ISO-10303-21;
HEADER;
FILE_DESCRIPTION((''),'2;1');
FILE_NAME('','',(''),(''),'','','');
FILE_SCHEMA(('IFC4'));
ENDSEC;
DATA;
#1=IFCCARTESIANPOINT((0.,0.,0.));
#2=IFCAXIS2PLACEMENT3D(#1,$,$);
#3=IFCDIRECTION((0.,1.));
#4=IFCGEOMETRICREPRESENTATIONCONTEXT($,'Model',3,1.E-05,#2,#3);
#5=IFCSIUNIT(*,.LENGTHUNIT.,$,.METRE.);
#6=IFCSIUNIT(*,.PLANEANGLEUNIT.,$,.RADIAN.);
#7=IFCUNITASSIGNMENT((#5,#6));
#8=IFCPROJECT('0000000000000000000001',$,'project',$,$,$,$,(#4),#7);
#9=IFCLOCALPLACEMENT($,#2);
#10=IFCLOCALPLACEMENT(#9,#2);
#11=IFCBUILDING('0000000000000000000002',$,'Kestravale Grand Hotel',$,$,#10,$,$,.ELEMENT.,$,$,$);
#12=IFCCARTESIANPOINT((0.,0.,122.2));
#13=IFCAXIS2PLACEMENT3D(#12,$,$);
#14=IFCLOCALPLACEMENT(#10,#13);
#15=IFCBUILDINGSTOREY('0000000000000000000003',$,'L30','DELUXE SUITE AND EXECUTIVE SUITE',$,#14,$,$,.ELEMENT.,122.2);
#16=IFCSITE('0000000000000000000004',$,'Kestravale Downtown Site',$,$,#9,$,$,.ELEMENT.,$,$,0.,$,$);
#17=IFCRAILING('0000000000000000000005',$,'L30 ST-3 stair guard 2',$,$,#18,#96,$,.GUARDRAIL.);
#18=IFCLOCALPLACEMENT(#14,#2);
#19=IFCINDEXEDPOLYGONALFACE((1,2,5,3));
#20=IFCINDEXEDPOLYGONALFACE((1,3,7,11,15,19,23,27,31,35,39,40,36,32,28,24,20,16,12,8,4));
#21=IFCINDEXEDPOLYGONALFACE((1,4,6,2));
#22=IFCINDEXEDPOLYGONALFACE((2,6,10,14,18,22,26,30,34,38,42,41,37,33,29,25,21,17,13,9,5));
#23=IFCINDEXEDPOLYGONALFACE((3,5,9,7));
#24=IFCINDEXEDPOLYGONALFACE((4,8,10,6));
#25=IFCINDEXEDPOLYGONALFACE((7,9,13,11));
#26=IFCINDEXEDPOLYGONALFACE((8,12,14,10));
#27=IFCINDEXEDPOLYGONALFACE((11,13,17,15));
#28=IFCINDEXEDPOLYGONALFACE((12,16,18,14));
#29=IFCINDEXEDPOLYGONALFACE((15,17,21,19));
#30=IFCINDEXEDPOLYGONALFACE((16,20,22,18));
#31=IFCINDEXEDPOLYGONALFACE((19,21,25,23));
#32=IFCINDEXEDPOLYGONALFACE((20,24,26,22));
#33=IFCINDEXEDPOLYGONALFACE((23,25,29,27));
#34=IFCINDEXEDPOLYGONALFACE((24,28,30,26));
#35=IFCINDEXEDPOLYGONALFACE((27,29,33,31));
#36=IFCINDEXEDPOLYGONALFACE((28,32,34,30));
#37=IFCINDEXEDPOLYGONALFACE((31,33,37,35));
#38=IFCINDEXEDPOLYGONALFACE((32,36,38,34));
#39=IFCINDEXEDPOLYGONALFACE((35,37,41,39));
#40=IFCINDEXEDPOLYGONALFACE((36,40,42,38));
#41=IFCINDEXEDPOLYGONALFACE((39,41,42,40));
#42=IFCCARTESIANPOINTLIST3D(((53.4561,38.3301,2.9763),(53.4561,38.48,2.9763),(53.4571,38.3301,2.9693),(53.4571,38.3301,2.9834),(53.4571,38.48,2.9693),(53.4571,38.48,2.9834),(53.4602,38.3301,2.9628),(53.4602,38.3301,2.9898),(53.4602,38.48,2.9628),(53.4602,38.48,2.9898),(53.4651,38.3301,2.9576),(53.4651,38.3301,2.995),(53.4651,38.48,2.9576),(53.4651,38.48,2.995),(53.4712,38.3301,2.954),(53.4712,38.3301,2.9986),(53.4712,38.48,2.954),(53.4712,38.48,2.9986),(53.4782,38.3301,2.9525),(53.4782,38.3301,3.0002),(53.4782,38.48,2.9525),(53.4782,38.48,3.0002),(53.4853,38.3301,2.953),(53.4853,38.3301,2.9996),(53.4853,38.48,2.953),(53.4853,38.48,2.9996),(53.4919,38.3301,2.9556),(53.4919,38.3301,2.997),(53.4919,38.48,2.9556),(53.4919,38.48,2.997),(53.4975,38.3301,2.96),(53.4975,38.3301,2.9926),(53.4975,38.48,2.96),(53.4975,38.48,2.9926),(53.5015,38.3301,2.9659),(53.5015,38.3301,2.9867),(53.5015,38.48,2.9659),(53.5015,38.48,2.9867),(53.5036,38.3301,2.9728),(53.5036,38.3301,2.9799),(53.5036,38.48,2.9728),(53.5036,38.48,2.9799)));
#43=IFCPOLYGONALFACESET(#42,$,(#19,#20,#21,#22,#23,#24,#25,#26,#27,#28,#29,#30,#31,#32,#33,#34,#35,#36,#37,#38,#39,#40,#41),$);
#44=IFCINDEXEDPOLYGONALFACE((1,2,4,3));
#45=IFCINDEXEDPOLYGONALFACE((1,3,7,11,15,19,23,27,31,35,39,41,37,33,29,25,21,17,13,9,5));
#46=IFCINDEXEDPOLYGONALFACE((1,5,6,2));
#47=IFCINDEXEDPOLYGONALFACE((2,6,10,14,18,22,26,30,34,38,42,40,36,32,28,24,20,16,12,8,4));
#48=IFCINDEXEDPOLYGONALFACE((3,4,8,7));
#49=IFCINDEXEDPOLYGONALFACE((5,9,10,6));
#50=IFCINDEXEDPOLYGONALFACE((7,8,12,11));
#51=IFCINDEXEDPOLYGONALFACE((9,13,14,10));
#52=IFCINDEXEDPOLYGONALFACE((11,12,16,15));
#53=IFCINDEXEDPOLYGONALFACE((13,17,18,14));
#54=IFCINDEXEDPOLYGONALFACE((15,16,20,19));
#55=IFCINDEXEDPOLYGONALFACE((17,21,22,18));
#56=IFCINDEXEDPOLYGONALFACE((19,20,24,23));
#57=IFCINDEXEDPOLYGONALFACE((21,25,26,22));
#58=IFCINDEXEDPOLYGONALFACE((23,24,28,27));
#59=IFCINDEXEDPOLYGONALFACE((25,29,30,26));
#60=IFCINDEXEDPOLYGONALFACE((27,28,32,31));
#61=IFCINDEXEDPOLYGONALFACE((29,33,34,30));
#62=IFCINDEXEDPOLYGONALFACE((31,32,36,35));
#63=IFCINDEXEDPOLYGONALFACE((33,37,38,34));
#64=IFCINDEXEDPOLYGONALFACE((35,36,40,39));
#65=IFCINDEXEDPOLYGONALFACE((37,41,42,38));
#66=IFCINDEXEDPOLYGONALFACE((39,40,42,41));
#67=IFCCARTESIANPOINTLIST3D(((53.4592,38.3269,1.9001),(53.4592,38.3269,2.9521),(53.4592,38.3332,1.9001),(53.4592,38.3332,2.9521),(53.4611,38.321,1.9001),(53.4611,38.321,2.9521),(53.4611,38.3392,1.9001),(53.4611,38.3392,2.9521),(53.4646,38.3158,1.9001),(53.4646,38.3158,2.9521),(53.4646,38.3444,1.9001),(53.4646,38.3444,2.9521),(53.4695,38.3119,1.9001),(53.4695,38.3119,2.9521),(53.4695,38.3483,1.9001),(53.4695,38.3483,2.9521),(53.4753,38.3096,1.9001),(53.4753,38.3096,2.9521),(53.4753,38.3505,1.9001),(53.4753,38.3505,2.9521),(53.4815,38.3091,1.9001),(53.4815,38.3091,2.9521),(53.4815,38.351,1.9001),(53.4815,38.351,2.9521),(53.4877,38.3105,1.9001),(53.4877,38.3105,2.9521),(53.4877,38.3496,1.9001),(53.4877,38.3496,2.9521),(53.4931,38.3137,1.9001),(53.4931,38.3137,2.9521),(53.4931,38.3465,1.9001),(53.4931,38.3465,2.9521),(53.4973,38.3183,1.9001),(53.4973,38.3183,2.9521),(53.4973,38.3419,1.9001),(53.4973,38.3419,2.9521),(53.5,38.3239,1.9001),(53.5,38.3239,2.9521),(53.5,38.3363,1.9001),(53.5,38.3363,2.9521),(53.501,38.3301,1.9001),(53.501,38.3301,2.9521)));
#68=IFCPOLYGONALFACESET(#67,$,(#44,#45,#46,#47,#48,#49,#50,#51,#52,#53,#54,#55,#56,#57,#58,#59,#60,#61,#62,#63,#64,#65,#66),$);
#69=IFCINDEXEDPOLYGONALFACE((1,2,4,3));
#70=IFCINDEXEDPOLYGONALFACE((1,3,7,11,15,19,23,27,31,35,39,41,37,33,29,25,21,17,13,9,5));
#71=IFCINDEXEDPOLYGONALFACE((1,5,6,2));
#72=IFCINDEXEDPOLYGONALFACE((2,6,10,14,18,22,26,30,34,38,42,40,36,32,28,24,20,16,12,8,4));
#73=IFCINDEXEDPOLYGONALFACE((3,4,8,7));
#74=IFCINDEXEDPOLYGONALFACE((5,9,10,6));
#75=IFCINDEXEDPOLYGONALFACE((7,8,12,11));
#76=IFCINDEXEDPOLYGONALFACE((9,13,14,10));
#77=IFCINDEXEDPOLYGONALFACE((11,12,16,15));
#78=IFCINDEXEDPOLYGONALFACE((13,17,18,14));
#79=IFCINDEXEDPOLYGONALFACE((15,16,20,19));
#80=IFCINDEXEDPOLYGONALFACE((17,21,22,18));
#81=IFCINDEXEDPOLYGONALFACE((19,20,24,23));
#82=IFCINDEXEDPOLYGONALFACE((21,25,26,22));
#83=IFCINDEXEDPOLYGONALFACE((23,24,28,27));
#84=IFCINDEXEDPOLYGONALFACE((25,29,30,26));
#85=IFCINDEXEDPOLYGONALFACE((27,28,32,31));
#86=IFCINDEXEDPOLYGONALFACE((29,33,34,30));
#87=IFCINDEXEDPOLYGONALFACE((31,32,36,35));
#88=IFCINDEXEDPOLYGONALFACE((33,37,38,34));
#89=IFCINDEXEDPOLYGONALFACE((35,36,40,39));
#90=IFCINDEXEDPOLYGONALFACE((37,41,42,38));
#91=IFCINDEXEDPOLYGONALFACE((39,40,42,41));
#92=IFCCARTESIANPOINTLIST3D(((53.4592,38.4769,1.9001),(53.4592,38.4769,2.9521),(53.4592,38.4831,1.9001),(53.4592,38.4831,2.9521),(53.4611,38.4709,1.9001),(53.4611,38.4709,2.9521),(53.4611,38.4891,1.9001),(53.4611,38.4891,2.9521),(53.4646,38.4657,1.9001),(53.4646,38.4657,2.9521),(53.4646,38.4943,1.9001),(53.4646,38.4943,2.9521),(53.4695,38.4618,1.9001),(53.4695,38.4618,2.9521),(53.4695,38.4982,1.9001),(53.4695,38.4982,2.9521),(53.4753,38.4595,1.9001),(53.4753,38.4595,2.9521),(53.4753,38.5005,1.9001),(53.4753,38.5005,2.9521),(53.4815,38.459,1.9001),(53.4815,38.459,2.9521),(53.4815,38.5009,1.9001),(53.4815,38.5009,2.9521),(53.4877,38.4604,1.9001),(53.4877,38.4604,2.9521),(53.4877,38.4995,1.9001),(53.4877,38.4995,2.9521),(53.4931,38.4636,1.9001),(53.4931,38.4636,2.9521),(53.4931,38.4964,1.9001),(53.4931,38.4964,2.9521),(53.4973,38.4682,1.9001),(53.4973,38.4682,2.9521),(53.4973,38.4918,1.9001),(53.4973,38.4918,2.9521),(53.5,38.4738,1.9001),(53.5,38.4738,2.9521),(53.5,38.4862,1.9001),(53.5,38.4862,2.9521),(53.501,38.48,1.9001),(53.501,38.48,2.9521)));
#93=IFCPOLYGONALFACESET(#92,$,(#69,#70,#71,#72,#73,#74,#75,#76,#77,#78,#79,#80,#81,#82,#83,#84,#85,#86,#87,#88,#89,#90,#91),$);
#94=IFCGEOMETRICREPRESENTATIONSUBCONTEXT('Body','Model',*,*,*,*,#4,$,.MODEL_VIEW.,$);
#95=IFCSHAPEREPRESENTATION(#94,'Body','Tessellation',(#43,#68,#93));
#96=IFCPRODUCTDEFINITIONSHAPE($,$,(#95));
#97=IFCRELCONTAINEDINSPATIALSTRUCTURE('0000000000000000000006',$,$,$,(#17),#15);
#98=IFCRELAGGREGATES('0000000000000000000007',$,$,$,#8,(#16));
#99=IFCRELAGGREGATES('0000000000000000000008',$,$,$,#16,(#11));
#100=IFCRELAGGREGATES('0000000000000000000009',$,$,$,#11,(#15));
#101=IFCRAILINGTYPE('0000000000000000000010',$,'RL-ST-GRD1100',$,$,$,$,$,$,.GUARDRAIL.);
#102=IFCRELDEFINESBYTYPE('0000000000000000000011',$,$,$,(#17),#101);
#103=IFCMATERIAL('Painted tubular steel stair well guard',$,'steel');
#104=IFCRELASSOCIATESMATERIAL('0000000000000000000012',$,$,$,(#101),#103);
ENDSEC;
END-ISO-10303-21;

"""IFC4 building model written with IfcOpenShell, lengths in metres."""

from ifc_helpers import new_model, si_unit, direction, frame, origin, origin_2d, place, context, subcontext, project, spatial, circle, extrude, material, type_object, element, save


model = new_model("IFC4")

# Units and contexts
model_context = context("Model", 3, precision=1e-05, world=origin(), true_north=direction((0.0, 1.0)))
body_context = subcontext(model_context, "Body", "Model", "MODEL_VIEW")
ifc_project = project(units=[si_unit("LENGTHUNIT", "METRE"), si_unit("PLANEANGLEUNIT", "RADIAN")], contexts=[model_context])

# Site, building, storey
site_placement = place(None, origin())
site = spatial("IfcSite", under=ifc_project, at=site_placement, Name="Kestravale Downtown Site", CompositionType="ELEMENT", RefElevation=0.0)
building_placement = place(site_placement, origin())
building = spatial("IfcBuilding", under=site, at=building_placement, Name="Kestravale Grand Hotel", CompositionType="ELEMENT")
storey_placement = place(building_placement, frame((0.0, 0.0, 122.2)))
storey = spatial("IfcBuildingStorey", under=building, at=storey_placement, Name="L30", Description="DELUXE SUITE AND EXECUTIVE SUITE", CompositionType="ELEMENT", Elevation=122.2)

# Railing
ifc_material_1 = material(Name="Painted tubular steel stair well guard", Category="steel")
railing_type_1 = type_object("IfcRailingType", Name="RL-ST-GRD1100", PredefinedType="GUARDRAIL", material=ifc_material_1)
railing_1_placement = place(storey_placement, frame((53.48, 38.3301, 1.9001)))
element("IfcRailing", 1, at=railing_1_placement, inside=storey, type_object=railing_type_1, Name="L30 ST-3 stair guard 2", PredefinedType="GUARDRAIL", context=body_context, shape_type="SweptSolid", body=[
    extrude(circle(Radius=0.0239, at=origin_2d()), frame((0.0, 0.0, 1.0762), z_axis=(0.0, 1.0, 0.0), x_axis=(-1.0, 0.0, 0.0)), (0.0, 0.0, 1.0), 0.1499),
    extrude(circle(Radius=0.021, at=origin_2d()), origin(), (0.0, 0.0, 1.0), 1.052),
    extrude(circle(Radius=0.021, at=origin_2d()), frame((0.0, 0.1499, 0.0)), (0.0, 0.0, 1.0), 1.052),
])

save(model, "model.ifc")
